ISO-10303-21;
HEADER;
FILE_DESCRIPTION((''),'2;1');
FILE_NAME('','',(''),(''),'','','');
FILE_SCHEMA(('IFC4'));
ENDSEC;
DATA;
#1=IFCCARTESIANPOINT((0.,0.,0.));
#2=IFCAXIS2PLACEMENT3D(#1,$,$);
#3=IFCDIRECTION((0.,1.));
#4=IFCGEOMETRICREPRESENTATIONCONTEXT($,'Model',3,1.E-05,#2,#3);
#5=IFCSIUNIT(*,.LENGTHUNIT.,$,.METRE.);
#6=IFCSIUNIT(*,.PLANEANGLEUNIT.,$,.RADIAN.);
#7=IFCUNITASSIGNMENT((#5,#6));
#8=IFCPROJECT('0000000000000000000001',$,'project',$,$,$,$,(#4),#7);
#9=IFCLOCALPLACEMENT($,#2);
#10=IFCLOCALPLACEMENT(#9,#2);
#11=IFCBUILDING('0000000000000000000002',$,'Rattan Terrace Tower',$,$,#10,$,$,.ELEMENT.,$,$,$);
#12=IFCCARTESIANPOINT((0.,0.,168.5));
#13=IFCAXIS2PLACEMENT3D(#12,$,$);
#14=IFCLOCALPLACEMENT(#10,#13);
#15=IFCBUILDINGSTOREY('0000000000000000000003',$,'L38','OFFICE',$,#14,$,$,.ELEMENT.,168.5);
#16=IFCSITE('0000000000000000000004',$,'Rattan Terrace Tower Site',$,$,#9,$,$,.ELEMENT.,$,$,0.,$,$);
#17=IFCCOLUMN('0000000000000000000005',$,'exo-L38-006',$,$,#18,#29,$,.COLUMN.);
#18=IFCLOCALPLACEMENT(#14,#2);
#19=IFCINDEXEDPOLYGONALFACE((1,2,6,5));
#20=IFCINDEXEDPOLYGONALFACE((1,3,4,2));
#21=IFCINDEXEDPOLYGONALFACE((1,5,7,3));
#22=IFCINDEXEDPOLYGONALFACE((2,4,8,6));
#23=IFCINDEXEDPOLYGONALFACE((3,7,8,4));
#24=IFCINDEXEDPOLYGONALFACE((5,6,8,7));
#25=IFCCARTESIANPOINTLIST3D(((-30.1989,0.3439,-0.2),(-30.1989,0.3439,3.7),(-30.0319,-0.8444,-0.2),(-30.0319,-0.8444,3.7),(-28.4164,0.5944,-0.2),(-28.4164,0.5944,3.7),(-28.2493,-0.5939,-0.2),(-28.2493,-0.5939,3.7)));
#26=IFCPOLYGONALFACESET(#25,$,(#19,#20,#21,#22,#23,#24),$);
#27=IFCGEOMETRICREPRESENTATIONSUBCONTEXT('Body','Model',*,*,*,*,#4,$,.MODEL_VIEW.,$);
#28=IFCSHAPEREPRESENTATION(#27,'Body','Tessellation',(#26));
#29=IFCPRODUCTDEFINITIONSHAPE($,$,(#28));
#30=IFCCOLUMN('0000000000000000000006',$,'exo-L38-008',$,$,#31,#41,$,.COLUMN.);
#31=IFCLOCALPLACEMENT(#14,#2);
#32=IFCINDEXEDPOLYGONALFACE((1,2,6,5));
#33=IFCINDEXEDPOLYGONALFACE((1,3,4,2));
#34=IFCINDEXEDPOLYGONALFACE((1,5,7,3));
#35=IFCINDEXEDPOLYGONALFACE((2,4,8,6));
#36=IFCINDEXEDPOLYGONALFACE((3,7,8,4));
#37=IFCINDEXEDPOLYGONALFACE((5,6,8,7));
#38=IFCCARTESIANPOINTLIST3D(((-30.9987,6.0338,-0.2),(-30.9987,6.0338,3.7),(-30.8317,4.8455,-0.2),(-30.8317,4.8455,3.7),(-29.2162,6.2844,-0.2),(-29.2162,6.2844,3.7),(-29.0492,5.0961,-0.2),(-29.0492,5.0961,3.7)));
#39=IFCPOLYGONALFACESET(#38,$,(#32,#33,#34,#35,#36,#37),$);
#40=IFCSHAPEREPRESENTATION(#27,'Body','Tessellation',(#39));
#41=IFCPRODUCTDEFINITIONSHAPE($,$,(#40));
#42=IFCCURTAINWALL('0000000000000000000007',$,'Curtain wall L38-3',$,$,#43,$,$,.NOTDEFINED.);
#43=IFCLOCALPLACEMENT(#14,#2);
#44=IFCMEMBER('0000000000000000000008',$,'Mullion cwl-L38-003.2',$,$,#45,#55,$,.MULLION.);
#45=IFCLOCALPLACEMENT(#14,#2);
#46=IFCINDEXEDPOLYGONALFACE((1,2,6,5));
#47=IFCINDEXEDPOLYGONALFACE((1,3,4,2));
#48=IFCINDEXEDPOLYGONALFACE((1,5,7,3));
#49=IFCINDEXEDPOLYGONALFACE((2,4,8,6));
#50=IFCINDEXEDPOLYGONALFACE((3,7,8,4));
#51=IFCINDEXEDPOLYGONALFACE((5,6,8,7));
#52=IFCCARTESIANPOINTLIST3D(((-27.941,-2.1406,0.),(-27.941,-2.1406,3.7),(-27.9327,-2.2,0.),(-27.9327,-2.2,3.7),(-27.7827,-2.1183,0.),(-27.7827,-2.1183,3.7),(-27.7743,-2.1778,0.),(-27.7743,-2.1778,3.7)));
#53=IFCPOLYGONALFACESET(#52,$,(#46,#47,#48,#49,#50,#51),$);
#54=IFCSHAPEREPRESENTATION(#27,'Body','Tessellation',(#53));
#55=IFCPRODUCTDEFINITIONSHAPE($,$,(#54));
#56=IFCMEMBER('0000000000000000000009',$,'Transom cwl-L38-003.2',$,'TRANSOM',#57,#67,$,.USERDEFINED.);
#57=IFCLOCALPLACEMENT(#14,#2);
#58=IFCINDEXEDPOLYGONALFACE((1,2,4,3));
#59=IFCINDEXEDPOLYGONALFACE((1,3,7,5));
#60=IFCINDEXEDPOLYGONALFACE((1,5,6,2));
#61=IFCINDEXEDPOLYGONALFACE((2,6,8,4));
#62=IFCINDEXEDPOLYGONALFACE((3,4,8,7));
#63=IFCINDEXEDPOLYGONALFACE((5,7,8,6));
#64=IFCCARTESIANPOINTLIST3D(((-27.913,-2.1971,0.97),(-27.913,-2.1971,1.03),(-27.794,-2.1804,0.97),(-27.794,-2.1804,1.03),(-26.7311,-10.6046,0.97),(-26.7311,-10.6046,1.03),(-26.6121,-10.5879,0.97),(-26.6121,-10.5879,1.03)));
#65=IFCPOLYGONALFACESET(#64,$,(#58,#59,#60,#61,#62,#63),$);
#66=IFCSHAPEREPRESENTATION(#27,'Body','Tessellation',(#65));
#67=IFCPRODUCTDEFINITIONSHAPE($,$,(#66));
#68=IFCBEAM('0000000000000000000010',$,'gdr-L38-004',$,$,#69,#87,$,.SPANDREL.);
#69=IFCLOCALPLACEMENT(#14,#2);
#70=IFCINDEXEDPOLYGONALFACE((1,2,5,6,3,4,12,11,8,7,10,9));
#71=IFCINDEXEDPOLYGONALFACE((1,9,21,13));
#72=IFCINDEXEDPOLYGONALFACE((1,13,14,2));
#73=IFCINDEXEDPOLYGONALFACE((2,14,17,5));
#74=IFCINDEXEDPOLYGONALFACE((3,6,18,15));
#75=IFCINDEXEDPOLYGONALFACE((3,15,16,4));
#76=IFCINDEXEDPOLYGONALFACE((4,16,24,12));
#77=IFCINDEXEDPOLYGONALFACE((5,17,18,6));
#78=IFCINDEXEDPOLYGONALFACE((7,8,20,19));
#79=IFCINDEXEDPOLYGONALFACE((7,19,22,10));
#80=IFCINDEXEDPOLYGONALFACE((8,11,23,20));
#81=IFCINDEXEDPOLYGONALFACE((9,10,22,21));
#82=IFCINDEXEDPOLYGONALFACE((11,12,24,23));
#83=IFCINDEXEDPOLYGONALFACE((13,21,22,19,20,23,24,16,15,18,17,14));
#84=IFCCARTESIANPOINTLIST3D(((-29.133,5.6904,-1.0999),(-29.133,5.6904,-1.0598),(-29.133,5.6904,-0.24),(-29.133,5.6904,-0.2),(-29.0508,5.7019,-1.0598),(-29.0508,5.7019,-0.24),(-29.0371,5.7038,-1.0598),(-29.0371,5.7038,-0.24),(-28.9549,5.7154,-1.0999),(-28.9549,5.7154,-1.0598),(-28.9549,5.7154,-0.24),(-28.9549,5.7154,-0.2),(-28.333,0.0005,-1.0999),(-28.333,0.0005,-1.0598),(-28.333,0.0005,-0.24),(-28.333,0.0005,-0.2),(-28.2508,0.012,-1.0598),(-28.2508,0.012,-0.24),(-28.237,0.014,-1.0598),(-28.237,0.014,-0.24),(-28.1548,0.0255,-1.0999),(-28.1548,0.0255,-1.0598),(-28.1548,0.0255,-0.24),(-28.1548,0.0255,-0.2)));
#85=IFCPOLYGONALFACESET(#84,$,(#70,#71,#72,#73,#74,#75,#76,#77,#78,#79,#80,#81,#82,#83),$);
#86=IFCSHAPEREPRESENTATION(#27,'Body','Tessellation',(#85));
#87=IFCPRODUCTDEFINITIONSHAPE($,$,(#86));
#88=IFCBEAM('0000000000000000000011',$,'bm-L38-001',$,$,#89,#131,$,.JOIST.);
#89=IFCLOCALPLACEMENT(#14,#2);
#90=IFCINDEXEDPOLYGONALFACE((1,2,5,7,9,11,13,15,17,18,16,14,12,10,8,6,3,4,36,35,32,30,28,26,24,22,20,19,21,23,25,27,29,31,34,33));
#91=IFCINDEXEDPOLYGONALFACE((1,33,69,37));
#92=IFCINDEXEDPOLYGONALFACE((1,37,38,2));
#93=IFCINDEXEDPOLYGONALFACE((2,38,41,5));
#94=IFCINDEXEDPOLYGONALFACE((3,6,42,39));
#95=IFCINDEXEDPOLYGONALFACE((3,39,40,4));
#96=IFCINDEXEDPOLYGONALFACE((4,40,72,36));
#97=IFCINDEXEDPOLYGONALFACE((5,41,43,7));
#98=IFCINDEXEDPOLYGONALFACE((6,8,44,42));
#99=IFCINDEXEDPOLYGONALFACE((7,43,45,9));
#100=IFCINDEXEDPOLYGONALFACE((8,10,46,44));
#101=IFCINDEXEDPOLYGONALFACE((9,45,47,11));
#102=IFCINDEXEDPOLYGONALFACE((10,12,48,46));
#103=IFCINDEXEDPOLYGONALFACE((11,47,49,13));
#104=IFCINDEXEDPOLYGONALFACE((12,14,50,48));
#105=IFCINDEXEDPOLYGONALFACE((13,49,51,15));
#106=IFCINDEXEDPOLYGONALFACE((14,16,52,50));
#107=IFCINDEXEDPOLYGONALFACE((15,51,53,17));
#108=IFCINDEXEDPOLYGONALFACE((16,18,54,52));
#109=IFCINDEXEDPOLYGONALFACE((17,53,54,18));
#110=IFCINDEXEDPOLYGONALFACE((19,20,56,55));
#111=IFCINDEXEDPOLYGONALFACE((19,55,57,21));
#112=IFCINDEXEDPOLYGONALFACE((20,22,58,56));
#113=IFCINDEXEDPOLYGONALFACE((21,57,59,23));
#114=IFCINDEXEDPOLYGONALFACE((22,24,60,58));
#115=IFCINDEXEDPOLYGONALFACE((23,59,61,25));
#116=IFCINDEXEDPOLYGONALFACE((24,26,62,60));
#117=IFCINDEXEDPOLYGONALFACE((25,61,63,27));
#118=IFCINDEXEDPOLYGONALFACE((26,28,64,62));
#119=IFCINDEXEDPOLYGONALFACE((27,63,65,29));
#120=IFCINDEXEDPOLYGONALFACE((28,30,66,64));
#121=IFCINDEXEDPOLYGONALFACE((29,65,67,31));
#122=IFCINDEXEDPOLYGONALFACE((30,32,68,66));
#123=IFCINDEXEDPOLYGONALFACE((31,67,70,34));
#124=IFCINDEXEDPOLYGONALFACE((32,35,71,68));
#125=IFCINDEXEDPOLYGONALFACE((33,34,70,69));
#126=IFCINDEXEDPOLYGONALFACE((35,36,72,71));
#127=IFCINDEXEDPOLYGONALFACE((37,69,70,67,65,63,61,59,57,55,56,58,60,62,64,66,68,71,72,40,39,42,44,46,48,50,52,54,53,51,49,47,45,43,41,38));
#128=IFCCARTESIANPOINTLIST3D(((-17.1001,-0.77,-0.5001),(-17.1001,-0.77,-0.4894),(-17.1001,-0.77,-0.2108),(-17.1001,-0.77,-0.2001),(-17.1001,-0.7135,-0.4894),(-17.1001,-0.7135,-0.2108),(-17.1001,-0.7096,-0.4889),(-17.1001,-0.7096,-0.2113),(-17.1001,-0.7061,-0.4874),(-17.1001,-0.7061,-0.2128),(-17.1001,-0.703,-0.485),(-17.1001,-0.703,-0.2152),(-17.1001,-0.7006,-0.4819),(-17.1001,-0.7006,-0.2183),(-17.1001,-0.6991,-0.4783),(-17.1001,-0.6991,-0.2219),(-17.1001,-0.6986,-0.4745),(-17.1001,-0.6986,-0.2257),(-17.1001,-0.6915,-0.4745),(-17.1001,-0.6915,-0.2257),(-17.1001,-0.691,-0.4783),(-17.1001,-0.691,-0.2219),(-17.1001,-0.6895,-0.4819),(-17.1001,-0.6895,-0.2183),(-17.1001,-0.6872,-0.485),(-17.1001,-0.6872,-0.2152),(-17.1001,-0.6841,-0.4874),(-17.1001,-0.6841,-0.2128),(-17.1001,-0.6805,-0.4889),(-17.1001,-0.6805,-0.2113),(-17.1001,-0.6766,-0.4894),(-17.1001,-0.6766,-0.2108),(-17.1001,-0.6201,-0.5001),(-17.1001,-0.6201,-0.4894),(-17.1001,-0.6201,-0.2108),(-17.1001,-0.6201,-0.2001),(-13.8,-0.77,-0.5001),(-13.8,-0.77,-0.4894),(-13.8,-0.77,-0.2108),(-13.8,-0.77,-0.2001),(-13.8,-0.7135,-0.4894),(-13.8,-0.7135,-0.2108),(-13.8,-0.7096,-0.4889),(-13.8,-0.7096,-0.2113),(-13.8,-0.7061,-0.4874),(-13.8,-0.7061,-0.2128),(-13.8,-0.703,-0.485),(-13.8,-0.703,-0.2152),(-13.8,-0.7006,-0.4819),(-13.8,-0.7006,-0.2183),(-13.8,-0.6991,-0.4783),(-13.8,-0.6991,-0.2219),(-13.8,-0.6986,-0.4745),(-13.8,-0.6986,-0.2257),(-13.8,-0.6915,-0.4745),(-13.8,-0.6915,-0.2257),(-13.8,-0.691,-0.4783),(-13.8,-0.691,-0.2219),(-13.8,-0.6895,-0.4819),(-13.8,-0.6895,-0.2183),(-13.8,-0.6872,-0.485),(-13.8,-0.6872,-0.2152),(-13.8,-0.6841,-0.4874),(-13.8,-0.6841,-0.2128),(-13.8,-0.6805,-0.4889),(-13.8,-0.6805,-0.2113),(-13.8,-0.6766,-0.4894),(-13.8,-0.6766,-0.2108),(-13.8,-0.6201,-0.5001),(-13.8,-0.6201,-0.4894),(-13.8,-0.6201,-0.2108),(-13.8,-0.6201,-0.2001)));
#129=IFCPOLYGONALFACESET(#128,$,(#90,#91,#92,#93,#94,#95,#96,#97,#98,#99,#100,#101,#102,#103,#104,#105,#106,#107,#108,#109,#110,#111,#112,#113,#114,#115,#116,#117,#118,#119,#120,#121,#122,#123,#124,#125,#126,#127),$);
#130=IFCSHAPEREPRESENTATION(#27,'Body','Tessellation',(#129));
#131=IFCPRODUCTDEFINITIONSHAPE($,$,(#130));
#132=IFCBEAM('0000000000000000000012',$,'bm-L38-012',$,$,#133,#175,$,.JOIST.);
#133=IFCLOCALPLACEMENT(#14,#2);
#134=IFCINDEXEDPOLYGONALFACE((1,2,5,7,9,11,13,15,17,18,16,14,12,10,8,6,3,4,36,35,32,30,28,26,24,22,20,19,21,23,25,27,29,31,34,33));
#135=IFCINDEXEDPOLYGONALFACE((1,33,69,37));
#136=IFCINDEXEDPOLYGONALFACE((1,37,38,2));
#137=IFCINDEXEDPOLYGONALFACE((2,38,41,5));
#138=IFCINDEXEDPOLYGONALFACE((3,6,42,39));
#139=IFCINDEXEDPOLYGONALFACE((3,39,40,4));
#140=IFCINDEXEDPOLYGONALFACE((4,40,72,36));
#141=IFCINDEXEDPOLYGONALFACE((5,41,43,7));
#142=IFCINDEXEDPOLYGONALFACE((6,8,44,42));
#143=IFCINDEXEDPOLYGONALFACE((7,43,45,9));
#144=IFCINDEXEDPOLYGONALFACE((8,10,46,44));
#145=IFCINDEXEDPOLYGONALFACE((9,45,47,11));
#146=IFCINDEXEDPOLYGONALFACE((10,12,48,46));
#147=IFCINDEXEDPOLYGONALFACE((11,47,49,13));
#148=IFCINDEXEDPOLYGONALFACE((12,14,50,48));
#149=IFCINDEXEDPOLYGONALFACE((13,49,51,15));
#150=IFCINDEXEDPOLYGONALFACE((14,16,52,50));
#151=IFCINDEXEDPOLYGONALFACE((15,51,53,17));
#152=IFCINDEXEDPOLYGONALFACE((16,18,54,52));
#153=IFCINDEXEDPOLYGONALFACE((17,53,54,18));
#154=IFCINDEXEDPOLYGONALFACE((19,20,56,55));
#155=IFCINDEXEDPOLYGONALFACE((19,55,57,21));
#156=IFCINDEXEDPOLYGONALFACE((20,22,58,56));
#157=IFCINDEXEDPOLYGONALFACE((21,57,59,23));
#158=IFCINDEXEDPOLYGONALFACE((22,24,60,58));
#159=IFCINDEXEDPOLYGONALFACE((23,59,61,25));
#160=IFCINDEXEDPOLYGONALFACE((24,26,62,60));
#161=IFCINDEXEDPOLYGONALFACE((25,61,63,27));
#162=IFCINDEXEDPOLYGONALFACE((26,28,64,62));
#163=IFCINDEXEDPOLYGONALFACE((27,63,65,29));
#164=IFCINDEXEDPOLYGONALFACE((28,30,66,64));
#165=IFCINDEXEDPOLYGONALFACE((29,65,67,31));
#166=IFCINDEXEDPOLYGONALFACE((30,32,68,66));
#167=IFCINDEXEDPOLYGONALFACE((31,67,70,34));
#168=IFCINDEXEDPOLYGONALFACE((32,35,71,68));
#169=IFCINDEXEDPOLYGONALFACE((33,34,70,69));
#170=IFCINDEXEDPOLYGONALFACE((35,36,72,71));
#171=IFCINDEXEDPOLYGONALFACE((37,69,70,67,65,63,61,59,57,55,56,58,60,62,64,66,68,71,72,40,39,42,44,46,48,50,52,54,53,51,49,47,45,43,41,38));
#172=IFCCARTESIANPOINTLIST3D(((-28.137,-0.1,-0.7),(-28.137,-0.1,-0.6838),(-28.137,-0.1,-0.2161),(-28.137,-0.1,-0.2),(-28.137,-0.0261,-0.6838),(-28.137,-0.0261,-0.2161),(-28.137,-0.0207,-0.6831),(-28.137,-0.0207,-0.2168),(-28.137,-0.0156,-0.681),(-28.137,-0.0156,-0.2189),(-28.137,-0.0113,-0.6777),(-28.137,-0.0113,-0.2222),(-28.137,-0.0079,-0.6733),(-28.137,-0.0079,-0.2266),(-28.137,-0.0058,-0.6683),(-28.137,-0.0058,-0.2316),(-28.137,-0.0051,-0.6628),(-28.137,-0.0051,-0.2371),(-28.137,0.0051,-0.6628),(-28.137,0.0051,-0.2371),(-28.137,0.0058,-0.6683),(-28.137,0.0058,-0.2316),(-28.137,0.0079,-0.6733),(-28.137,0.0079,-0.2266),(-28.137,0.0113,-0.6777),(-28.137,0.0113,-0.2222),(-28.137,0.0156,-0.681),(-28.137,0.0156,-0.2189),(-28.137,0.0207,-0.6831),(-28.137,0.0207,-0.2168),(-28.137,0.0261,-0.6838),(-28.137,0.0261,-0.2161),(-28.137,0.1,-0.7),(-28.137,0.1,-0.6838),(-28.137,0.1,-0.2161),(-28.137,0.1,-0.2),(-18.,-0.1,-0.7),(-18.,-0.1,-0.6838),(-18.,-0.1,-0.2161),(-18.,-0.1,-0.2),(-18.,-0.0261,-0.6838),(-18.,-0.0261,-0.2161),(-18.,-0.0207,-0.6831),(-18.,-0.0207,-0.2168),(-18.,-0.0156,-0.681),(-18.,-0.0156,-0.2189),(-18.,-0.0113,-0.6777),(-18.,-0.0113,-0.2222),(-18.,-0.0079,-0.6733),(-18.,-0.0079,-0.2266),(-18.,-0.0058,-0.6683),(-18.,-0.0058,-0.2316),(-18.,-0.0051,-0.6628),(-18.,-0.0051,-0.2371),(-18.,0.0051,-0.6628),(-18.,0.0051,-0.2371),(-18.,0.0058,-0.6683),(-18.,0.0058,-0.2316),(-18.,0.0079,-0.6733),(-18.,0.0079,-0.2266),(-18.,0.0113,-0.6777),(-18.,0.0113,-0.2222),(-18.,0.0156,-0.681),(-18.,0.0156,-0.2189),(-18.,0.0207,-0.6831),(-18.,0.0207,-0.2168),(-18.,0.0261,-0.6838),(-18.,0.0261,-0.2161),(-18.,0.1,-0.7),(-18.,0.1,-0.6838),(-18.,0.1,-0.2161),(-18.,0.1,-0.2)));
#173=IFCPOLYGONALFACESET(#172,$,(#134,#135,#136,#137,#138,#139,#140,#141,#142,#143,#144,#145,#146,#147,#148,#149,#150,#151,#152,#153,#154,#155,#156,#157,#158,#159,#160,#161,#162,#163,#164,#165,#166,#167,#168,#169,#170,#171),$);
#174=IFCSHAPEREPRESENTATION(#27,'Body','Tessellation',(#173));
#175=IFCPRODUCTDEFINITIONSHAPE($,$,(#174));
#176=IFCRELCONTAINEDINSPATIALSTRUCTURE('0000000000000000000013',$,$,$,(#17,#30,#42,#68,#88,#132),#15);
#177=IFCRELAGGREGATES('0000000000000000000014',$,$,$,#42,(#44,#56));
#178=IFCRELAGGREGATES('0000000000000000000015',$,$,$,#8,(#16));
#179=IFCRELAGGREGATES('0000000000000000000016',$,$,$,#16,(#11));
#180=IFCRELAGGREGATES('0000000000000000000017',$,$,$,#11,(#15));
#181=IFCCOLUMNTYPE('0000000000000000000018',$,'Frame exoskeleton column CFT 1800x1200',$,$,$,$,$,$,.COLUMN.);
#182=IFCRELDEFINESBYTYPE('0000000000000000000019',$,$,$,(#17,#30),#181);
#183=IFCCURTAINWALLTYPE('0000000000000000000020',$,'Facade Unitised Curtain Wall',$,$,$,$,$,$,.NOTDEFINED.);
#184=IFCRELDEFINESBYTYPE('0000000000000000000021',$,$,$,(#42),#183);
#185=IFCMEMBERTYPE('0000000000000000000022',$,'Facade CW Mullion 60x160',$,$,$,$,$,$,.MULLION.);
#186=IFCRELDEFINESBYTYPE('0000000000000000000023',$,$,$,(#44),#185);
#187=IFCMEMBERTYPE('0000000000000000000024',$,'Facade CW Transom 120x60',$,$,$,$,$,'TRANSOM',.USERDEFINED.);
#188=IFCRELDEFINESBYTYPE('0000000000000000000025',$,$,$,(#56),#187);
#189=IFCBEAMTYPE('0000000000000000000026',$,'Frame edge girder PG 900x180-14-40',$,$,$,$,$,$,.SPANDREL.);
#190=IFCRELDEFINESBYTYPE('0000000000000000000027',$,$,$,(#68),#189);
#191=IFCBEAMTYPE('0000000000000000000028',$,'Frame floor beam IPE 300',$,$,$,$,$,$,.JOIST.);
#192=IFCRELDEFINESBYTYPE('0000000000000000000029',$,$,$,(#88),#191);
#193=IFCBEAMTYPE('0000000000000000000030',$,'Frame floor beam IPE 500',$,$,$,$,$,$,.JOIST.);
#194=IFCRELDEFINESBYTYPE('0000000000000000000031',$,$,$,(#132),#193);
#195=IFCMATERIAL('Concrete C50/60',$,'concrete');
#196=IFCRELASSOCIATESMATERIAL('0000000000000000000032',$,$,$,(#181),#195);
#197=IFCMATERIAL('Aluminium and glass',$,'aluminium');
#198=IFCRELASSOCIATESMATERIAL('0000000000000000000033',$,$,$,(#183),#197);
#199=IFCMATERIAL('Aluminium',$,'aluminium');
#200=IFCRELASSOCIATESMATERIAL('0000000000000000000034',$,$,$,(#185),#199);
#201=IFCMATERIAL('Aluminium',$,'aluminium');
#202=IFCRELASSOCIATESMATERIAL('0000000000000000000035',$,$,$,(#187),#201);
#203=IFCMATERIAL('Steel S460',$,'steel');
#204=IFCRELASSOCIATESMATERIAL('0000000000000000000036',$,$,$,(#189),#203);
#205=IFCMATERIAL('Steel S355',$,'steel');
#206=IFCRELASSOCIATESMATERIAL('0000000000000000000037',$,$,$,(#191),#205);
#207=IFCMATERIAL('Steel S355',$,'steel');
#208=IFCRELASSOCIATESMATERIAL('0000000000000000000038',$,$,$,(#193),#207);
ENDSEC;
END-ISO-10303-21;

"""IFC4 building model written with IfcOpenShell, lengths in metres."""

from ifc_helpers import new_model, si_unit, direction, frame, origin, origin_2d, place, context, subcontext, project, spatial, rectangle, i_section, extrude, material, material_profile, profile_set, type_object, element, aggregate, save


model = new_model("IFC4")

# Units and contexts
model_context = context("Model", 3, precision=1e-05, world=origin(), true_north=direction((0.0, 1.0)))
body_context = subcontext(model_context, "Body", "Model", "MODEL_VIEW")
ifc_project = project(units=[si_unit("LENGTHUNIT", "METRE"), si_unit("PLANEANGLEUNIT", "RADIAN")], contexts=[model_context])

# Site, building, storey
site_placement = place(None, origin())
site = spatial("IfcSite", under=ifc_project, at=site_placement, Name="Rattan Terrace Tower Site", CompositionType="ELEMENT", RefElevation=0.0)
building_placement = place(site_placement, origin())
building = spatial("IfcBuilding", under=site, at=building_placement, Name="Rattan Terrace Tower", CompositionType="ELEMENT")
storey_placement = place(building_placement, frame((0.0, 0.0, 168.5)))
storey = spatial("IfcBuildingStorey", under=building, at=storey_placement, Name="L38", Description="OFFICE", CompositionType="ELEMENT", Elevation=168.5)

# Columns
ifc_material_1 = material(Name="Concrete C50/60", Category="concrete")
ifc_material_profile_1 = material_profile(ifc_material_1, rectangle(XDim=1.2, YDim=1.8, at=origin_2d()), Name="CFT 1800x1200")
ifc_profile_set_1 = profile_set([ifc_material_profile_1], Name="Concrete C50/60")
column_type = type_object("IfcColumnType", Name="Frame exoskeleton column CFT 1800x1200", PredefinedType="COLUMN", material=ifc_profile_set_1)
for number, where, z_axis, x_axis, name in (
    (1, (-29.2241, -0.125, -0.2), (0.0, 0.0, 1.0), (-0.13919, 0.990266, 0.0), "exo-L38-006"),
    (2, (-30.0239, 5.5649, -0.2), (0.0, 0.0, 1.0), (-0.13919, 0.990266, 0.0), "exo-L38-008"),
):
    element("IfcColumn", number, at=place(storey_placement, frame(where, z_axis=z_axis, x_axis=x_axis)), inside=storey, type_object=column_type, Name=name, PredefinedType="COLUMN", context=body_context, shape_type="SweptSolid", body=[
        extrude(rectangle(XDim=1.2, YDim=1.8, at=origin_2d()), origin(), (0.0, 0.0, 1.0), 3.8999),
    ])

# Curtain wall, members
ifc_material_2 = material(Name="Aluminium and glass", Category="aluminium")
curtain_wall_type = type_object("IfcCurtainWallType", Name="Facade Unitised Curtain Wall", PredefinedType="NOTDEFINED", material=ifc_material_2)
curtain_wall_placement = place(storey_placement, origin())
curtain_wall = element("IfcCurtainWall", 3, at=curtain_wall_placement, inside=storey, type_object=curtain_wall_type, Name="Curtain wall L38-3", PredefinedType="NOTDEFINED")
ifc_material_3 = material(Name="Aluminium", Category="aluminium")
ifc_material_profile_2 = material_profile(ifc_material_3, rectangle(XDim=0.0601, YDim=0.1599, at=origin_2d()), Name="Aluminium 60x160")
ifc_profile_set_2 = profile_set([ifc_material_profile_2], Name="Aluminium")
member_type_1 = type_object("IfcMemberType", Name="Facade CW Mullion 60x160", PredefinedType="MULLION", material=ifc_profile_set_2)
member_1_placement = place(storey_placement, frame((-27.8577, -2.1592, 0.0), z_axis=(0.0, 0.0, 1.0), x_axis=(0.139191, -0.990266, 0.0)))
member_1 = element("IfcMember", 4, at=member_1_placement, type_object=member_type_1, Name="Mullion cwl-L38-003.2", PredefinedType="MULLION", context=body_context, shape_type="SweptSolid", body=[
    extrude(rectangle(XDim=0.0601, YDim=0.1599, at=origin_2d()), origin(), (0.0, 0.0, 1.0), 3.7),
])
ifc_material_4 = material(Name="Aluminium", Category="aluminium")
ifc_material_profile_3 = material_profile(ifc_material_4, rectangle(XDim=0.1201, YDim=0.0601, at=origin_2d()), Name="Aluminium 120x60")
ifc_profile_set_3 = profile_set([ifc_material_profile_3], Name="Aluminium")
member_type_2 = type_object("IfcMemberType", Name="Facade CW Transom 120x60", ElementType="TRANSOM", PredefinedType="USERDEFINED", material=ifc_profile_set_3)
member_2_placement = place(storey_placement, frame((-27.8535, -2.1887, 1.0), z_axis=(0.139207, -0.990263, 0.0), x_axis=(0.990263, 0.139207, 0.0)))
member_2 = element("IfcMember", 5, at=member_2_placement, type_object=member_type_2, Name="Transom cwl-L38-003.2", ObjectType="TRANSOM", PredefinedType="USERDEFINED", context=body_context, shape_type="SweptSolid", body=[
    extrude(rectangle(XDim=0.1201, YDim=0.0601, at=origin_2d()), origin(), (0.0, 0.0, 1.0), 8.4902),
])

# Beams
ifc_material_5 = material(Name="Steel S460", Category="steel")
ifc_material_profile_4 = material_profile(ifc_material_5, i_section(OverallWidth=0.1799, OverallDepth=0.8999, WebThickness=0.0139, FlangeThickness=0.04, at=origin_2d()), Name="PG 900x180-14-40")
ifc_profile_set_4 = profile_set([ifc_material_profile_4], Name="Steel S460")
beam_type_1 = type_object("IfcBeamType", Name="Frame edge girder PG 900x180-14-40", PredefinedType="SPANDREL", material=ifc_profile_set_4)
beam_1_placement = place(storey_placement, frame((-29.0439, 5.7029, -0.6499), z_axis=(0.139238, -0.990259, 0.0), x_axis=(0.990259, 0.139238, 0.0)))
element("IfcBeam", 6, at=beam_1_placement, inside=storey, type_object=beam_type_1, Name="gdr-L38-004", PredefinedType="SPANDREL", context=body_context, shape_type="SweptSolid", body=[
    extrude(i_section(OverallWidth=0.1799, OverallDepth=0.8999, WebThickness=0.0139, FlangeThickness=0.04, at=origin_2d()), origin(), (0.0, 0.0, 1.0), 5.7458),
])
ifc_material_6 = material(Name="Steel S355", Category="steel")
ifc_material_profile_5 = material_profile(ifc_material_6, i_section(OverallWidth=0.1499, OverallDepth=0.3, WebThickness=0.0071, FlangeThickness=0.0107, FilletRadius=0.0149, at=origin_2d()), Name="IPE 300")
ifc_profile_set_5 = profile_set([ifc_material_profile_5], Name="Steel S355")
beam_type_2 = type_object("IfcBeamType", Name="Frame floor beam IPE 300", PredefinedType="JOIST", material=ifc_profile_set_5)
beam_2_placement = place(storey_placement, frame((-17.1001, -0.6951, -0.3501), z_axis=(1.0, 0.0, 0.0), x_axis=(0.0, 1.0, 0.0)))
element("IfcBeam", 7, at=beam_2_placement, inside=storey, type_object=beam_type_2, Name="bm-L38-001", PredefinedType="JOIST", context=body_context, shape_type="SweptSolid", body=[
    extrude(i_section(OverallWidth=0.1499, OverallDepth=0.3, WebThickness=0.0071, FlangeThickness=0.0107, FilletRadius=0.0149, at=origin_2d()), origin(), (0.0, 0.0, 1.0), 3.3),
])
ifc_material_7 = material(Name="Steel S355", Category="steel")
ifc_material_profile_6 = material_profile(ifc_material_7, i_section(OverallWidth=0.2, OverallDepth=0.5, WebThickness=0.0103, FlangeThickness=0.0161, FilletRadius=0.021, at=origin_2d()), Name="IPE 500")
ifc_profile_set_6 = profile_set([ifc_material_profile_6], Name="Steel S355")
beam_type_3 = type_object("IfcBeamType", Name="Frame floor beam IPE 500", PredefinedType="JOIST", material=ifc_profile_set_6)
beam_3_placement = place(storey_placement, frame((-28.137, 0.0, -0.45), z_axis=(1.0, 0.0, 0.0), x_axis=(0.0, 1.0, 0.0)))
element("IfcBeam", 8, at=beam_3_placement, inside=storey, type_object=beam_type_3, Name="bm-L38-012", PredefinedType="JOIST", context=body_context, shape_type="SweptSolid", body=[
    extrude(i_section(OverallWidth=0.2, OverallDepth=0.5, WebThickness=0.0103, FlangeThickness=0.0161, FilletRadius=0.021, at=origin_2d()), origin(), (0.0, 0.0, 1.0), 10.137),
])

aggregate(curtain_wall, [member_1, member_2])

save(model, "model.ifc")
